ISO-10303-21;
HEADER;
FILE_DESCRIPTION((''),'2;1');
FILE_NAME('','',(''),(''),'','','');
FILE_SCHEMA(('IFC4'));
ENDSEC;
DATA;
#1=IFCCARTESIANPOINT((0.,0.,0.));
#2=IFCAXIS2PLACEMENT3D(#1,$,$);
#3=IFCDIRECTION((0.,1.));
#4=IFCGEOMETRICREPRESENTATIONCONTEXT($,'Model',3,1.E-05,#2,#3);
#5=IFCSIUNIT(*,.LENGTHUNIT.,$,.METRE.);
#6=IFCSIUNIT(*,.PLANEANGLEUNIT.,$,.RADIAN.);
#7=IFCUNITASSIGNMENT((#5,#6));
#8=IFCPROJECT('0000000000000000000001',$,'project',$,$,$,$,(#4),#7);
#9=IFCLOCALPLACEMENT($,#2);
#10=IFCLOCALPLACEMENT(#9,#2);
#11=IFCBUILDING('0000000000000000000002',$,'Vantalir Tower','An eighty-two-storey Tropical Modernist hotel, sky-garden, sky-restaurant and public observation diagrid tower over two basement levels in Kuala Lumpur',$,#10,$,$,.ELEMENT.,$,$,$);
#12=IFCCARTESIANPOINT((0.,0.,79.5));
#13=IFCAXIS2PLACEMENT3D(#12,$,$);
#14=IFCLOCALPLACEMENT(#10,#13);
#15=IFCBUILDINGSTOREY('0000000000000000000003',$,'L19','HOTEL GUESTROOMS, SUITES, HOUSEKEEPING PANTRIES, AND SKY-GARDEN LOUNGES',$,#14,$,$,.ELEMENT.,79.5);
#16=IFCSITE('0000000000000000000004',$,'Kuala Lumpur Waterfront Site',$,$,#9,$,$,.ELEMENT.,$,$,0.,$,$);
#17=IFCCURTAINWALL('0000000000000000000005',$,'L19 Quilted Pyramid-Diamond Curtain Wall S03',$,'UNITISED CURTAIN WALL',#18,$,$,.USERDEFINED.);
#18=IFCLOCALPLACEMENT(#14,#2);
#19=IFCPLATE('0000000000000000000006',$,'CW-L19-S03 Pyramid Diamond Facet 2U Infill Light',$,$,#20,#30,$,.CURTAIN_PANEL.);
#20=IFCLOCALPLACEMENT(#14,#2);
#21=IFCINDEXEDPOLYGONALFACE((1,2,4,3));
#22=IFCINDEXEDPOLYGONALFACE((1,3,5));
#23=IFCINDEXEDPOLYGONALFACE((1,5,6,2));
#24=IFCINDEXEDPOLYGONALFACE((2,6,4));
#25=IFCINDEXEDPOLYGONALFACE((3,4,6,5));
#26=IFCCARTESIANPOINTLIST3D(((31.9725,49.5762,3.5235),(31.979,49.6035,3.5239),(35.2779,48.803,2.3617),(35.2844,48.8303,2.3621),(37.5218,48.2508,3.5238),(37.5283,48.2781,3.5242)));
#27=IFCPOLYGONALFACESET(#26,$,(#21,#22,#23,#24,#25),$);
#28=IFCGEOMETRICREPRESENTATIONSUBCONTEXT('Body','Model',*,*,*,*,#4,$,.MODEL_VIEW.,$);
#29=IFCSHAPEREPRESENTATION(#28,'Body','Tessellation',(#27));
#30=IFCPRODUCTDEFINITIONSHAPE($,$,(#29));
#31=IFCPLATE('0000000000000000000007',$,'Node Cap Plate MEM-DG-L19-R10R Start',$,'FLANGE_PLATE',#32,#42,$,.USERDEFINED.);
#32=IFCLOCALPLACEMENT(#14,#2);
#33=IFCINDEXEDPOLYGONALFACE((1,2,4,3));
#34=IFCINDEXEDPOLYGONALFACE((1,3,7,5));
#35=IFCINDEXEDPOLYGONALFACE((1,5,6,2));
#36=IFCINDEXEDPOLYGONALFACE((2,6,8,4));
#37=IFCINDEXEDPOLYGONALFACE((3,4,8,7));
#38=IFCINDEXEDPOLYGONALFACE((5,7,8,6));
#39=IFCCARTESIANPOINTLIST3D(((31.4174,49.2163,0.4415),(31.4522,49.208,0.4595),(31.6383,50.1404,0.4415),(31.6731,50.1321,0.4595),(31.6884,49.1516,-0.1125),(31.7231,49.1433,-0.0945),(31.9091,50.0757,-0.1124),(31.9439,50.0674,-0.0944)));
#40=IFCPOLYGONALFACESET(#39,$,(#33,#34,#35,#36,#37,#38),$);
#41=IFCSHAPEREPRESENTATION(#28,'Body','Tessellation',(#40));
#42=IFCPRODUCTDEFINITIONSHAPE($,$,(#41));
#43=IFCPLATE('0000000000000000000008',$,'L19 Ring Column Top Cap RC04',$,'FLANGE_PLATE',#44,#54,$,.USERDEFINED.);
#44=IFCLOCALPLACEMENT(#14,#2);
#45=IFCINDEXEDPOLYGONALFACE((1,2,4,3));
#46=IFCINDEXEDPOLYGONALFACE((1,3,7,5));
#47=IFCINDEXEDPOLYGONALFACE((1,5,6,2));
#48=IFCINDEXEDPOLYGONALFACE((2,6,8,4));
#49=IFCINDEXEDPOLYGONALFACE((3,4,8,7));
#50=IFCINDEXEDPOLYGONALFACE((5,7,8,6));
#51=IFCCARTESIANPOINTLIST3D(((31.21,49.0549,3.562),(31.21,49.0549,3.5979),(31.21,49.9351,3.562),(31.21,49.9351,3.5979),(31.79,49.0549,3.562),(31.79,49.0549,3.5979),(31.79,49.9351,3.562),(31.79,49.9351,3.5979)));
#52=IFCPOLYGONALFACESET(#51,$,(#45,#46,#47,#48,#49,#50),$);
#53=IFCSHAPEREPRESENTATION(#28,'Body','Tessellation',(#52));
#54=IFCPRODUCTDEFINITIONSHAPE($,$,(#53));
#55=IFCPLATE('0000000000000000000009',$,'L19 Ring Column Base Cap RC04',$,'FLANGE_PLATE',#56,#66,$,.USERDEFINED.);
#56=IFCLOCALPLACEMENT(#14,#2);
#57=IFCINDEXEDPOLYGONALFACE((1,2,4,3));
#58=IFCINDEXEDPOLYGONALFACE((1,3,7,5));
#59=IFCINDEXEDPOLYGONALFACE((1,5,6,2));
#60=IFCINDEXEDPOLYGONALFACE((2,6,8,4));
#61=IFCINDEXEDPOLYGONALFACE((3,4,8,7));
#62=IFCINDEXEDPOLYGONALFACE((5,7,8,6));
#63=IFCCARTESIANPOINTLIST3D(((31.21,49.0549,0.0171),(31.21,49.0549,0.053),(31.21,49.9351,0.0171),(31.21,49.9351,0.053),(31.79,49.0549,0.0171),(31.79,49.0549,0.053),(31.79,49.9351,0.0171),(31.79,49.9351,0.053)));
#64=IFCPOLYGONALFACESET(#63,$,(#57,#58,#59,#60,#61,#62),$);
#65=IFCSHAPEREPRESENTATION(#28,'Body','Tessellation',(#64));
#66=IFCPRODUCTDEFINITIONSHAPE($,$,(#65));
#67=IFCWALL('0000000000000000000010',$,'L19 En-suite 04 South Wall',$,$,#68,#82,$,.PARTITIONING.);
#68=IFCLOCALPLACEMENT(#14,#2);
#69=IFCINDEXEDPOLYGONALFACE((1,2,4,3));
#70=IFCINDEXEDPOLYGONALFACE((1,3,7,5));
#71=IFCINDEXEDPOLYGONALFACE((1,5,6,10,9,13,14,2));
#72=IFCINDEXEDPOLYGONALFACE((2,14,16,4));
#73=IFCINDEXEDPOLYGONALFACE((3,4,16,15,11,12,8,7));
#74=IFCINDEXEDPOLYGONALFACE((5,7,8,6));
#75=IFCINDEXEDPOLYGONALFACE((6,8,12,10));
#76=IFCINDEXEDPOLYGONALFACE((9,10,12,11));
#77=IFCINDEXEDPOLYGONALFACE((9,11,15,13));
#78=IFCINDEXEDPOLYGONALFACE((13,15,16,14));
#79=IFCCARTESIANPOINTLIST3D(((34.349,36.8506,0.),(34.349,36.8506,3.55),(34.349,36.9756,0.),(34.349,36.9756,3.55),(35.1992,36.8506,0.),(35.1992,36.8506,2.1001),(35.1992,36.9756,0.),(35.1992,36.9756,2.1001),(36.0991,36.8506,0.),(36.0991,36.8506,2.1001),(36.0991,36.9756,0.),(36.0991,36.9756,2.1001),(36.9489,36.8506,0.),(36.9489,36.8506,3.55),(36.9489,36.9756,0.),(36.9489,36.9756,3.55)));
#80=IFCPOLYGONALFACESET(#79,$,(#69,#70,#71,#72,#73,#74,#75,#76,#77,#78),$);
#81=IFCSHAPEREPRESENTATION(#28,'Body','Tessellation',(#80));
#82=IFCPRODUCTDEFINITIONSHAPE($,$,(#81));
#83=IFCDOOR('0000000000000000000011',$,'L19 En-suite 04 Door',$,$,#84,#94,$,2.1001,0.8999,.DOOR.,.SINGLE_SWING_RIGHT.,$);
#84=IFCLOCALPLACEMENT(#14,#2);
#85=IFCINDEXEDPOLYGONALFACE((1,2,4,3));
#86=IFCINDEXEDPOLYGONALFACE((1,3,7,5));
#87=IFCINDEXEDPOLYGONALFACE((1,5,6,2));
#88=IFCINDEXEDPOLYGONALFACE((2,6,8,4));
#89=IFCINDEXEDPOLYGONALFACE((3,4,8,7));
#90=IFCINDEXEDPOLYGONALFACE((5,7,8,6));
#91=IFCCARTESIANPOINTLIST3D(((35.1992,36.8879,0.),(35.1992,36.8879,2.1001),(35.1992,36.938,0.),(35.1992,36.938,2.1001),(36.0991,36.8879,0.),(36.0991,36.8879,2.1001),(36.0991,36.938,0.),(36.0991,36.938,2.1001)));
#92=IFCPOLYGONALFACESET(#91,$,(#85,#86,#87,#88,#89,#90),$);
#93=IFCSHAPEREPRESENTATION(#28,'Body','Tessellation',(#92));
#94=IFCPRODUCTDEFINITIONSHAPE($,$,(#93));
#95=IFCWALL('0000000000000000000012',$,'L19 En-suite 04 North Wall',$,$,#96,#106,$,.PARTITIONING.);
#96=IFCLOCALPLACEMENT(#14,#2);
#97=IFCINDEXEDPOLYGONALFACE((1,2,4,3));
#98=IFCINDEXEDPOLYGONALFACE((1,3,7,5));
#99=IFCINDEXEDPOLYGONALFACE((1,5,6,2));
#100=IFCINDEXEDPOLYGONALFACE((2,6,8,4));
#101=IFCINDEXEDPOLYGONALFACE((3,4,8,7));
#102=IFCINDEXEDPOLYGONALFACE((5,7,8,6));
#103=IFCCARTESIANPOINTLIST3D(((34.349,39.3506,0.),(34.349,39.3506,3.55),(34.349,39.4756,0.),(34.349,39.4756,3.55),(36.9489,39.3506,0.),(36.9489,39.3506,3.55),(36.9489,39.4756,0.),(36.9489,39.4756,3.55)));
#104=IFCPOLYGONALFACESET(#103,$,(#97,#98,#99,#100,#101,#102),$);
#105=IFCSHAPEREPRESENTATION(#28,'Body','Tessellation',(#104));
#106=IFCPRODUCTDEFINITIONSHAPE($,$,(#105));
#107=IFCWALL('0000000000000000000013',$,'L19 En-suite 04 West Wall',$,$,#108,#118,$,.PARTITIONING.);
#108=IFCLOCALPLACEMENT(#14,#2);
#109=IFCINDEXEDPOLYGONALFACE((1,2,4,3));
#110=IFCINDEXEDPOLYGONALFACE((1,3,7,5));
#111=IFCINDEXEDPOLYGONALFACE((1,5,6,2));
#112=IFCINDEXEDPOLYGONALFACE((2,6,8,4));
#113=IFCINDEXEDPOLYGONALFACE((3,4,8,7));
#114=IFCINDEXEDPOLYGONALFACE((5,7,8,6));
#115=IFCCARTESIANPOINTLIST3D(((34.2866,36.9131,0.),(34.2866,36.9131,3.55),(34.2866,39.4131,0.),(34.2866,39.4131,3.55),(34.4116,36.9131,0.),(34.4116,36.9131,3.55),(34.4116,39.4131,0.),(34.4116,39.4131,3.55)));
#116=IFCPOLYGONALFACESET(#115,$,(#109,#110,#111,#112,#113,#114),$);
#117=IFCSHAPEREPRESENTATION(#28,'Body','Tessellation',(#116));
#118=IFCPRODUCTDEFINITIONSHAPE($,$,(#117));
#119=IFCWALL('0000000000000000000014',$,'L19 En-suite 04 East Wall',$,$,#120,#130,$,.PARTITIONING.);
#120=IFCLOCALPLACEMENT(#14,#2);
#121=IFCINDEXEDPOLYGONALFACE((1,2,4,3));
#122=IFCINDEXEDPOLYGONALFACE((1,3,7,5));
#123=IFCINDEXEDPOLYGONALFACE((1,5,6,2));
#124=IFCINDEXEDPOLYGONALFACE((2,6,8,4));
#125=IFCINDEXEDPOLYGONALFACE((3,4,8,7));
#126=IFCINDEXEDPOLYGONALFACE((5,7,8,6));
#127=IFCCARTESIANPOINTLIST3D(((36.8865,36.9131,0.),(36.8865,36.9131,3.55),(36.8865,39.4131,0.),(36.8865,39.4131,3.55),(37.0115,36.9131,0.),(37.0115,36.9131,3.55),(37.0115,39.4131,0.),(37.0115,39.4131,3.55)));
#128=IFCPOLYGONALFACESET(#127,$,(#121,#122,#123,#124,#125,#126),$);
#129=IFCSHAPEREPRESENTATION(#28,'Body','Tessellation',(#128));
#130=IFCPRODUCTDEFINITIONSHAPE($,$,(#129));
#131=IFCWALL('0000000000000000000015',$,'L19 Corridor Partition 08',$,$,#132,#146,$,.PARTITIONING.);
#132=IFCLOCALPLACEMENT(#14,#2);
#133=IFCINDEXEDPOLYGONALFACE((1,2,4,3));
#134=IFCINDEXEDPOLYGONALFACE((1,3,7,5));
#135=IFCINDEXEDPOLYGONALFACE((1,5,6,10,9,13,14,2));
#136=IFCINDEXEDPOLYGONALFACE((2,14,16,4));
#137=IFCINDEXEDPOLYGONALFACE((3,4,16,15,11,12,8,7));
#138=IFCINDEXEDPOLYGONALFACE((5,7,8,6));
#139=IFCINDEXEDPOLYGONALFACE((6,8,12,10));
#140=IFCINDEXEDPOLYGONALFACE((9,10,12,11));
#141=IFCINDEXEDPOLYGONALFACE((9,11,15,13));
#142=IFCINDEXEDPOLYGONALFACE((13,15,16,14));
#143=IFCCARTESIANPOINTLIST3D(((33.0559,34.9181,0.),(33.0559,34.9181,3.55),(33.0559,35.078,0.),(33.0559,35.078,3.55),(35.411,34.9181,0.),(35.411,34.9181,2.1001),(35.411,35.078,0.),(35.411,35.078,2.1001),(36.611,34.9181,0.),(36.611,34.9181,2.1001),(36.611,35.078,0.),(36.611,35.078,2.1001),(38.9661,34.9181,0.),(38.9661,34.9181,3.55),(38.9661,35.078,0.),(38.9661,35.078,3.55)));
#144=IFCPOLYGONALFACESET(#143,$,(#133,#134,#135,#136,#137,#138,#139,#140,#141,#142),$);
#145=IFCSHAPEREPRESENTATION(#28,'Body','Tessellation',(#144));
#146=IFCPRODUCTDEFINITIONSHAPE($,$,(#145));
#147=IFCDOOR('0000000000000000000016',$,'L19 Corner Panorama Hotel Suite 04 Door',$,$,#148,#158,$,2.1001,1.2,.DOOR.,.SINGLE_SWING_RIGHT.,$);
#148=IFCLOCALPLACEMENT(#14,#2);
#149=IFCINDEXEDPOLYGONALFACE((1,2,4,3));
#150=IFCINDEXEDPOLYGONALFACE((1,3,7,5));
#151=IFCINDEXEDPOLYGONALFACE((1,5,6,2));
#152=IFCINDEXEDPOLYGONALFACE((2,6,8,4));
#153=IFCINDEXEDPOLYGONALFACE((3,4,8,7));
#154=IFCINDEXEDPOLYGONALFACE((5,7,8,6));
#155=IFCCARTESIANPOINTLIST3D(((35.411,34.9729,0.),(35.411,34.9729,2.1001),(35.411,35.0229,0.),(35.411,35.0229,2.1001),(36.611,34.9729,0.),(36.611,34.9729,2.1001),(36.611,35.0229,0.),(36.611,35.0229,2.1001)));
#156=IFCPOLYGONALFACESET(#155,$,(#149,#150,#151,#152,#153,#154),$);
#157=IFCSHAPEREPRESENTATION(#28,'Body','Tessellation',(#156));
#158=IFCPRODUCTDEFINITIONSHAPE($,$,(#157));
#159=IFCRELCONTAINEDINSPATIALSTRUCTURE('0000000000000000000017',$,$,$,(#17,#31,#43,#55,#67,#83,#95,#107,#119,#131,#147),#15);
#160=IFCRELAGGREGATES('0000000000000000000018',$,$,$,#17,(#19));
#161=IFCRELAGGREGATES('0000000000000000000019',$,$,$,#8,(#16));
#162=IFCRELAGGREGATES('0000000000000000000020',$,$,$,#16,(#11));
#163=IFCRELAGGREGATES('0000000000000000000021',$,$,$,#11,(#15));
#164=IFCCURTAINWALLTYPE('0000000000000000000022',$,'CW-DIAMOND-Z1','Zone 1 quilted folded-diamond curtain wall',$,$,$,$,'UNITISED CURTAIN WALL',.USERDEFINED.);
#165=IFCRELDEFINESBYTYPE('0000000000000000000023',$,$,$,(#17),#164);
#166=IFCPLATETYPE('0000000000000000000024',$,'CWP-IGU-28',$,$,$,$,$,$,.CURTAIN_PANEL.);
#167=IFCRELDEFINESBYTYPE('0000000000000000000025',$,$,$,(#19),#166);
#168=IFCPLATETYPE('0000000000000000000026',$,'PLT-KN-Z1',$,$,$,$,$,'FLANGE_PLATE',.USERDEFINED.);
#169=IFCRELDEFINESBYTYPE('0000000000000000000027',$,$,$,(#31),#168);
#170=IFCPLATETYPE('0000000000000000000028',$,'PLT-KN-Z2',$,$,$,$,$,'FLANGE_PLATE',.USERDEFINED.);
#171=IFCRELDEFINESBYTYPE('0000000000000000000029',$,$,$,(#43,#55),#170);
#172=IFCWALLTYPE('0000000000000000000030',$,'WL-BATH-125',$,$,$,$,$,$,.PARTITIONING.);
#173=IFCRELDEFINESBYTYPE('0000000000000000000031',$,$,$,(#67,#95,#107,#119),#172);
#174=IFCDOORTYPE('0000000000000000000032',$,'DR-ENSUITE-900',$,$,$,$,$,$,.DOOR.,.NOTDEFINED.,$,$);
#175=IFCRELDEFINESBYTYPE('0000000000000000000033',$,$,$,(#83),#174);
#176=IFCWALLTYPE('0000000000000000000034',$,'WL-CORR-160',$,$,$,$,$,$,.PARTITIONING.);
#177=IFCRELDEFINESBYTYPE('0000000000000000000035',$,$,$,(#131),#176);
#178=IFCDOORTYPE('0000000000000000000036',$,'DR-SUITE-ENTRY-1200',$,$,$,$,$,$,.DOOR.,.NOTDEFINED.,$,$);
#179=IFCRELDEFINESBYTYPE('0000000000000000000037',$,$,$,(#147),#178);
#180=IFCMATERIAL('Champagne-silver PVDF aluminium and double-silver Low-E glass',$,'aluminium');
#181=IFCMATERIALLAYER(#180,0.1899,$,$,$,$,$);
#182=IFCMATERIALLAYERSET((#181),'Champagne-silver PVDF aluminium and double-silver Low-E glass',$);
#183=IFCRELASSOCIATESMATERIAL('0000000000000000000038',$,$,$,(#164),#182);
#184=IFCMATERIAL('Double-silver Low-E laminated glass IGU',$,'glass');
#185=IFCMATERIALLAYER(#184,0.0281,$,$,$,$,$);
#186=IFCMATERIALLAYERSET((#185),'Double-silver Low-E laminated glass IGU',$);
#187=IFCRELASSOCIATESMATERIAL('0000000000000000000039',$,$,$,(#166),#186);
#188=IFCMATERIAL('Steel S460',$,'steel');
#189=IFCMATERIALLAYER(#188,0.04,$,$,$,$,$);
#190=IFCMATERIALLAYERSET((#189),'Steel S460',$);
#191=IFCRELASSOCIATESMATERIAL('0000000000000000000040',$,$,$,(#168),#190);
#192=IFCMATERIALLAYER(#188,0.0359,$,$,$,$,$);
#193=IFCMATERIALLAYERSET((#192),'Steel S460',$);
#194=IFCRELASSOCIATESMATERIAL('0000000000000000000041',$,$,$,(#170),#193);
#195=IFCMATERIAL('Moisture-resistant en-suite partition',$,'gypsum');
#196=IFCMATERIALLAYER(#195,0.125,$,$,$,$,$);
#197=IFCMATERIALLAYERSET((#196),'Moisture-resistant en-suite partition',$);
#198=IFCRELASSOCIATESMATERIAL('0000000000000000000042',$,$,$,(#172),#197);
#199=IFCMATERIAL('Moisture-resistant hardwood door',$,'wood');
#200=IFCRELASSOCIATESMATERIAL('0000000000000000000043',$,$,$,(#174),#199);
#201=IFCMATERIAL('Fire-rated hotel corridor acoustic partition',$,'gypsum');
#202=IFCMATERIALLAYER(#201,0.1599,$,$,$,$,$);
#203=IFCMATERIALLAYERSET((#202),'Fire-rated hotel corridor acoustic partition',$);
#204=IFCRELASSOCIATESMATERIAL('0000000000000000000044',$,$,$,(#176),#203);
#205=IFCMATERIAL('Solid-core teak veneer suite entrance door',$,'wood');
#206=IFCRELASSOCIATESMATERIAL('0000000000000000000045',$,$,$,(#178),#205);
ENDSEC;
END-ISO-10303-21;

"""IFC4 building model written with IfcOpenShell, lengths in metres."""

from ifc_helpers import new_model, si_unit, direction, frame, frame_2d, origin, place, context, subcontext, project, spatial, polyline, rectangle, outline, extrude, material, layer, layer_set, type_object, element, fill, aggregate, save


model = new_model("IFC4")

# Units and contexts
model_context = context("Model", 3, precision=1e-05, world=origin(), true_north=direction((0.0, 1.0)))
body_context = subcontext(model_context, "Body", "Model", "MODEL_VIEW")
ifc_project = project(units=[si_unit("LENGTHUNIT", "METRE"), si_unit("PLANEANGLEUNIT", "RADIAN")], contexts=[model_context])

# Site, building, storey
site_placement = place(None, origin())
site = spatial("IfcSite", under=ifc_project, at=site_placement, Name="Kuala Lumpur Waterfront Site", CompositionType="ELEMENT", RefElevation=0.0)
building_placement = place(site_placement, origin())
building = spatial("IfcBuilding", under=site, at=building_placement, Name="Vantalir Tower", Description="An eighty-two-storey Tropical Modernist hotel, sky-garden, sky-restaurant and public observation diagrid tower over two basement levels in Kuala Lumpur", CompositionType="ELEMENT")
storey_placement = place(building_placement, frame((0.0, 0.0, 79.5)))
storey = spatial("IfcBuildingStorey", under=building, at=storey_placement, Name="L19", Description="HOTEL GUESTROOMS, SUITES, HOUSEKEEPING PANTRIES, AND SKY-GARDEN LOUNGES", CompositionType="ELEMENT", Elevation=79.5)

# Shared definitions
ifc_material_1 = material(Name="Steel S460", Category="steel")

# Curtain wall
ifc_material_2 = material(Name="Champagne-silver PVDF aluminium and double-silver Low-E glass", Category="aluminium")
ifc_layer_1 = layer(ifc_material_2, 0.1899)
ifc_layer_set_1 = layer_set([ifc_layer_1], Name="Champagne-silver PVDF aluminium and double-silver Low-E glass")
curtain_wall_type = type_object("IfcCurtainWallType", Name="CW-DIAMOND-Z1", Description="Zone 1 quilted folded-diamond curtain wall", ElementType="UNITISED CURTAIN WALL", PredefinedType="USERDEFINED", material=ifc_layer_set_1)
curtain_wall_placement = place(storey_placement, origin())
curtain_wall = element("IfcCurtainWall", 1, at=curtain_wall_placement, inside=storey, type_object=curtain_wall_type, Name="L19 Quilted Pyramid-Diamond Curtain Wall S03", ObjectType="UNITISED CURTAIN WALL", PredefinedType="USERDEFINED")

# Plate
ifc_material_3 = material(Name="Double-silver Low-E laminated glass IGU", Category="glass")
ifc_layer_2 = layer(ifc_material_3, 0.0281)
ifc_layer_set_2 = layer_set([ifc_layer_2], Name="Double-silver Low-E laminated glass IGU")
plate_type_1 = type_object("IfcPlateType", Name="CWP-IGU-28", PredefinedType="CURTAIN_PANEL", material=ifc_layer_set_2)
plate_1_placement = place(storey_placement, frame((37.5283, 48.2781, 3.5242), z_axis=(0.232291, 0.972551, 0.01364), x_axis=(-0.972641, 0.232313, -0.000043)))
plate_1 = element("IfcPlate", 2, at=plate_1_placement, type_object=plate_type_1, Name="CW-L19-S03 Pyramid Diamond Facet 2U Infill Light", PredefinedType="CURTAIN_PANEL", context=body_context, shape_type="SweptSolid", body=[
    extrude(outline(polyline([(0.0, 0.0), (5.7054, 0.0), (2.3108, -1.1621), (0.0, 0.0)])), origin(), (0.0, 0.0, -1.0), 0.0281),
])
aggregate(curtain_wall, [plate_1])

# Plates
ifc_layer_3 = layer(ifc_material_1, 0.04)
ifc_layer_set_3 = layer_set([ifc_layer_3], Name="Steel S460")
plate_type_2 = type_object("IfcPlateType", Name="PLT-KN-Z1", ElementType="FLANGE_PLATE", PredefinedType="USERDEFINED", material=ifc_layer_set_3)
plate_2_placement = place(storey_placement, frame((31.7231, 49.1433, -0.0945), z_axis=(0.86898, -0.20766, 0.449168), x_axis=(0.232401, 0.97262, 0.00005)))
element("IfcPlate", 3, at=plate_2_placement, inside=storey, type_object=plate_type_2, Name="Node Cap Plate MEM-DG-L19-R10R Start", ObjectType="FLANGE_PLATE", PredefinedType="USERDEFINED", context=body_context, shape_type="SweptSolid", body=[
    extrude(outline(polyline([(0.0, 0.0), (0.9501, 0.0), (0.9501, 0.62), (0.0, 0.6201), (0.0, 0.0)])), origin(), (0.0, 0.0, -1.0), 0.04),
])
ifc_layer_4 = layer(ifc_material_1, 0.0359)
ifc_layer_set_4 = layer_set([ifc_layer_4], Name="Steel S460")
plate_type_3 = type_object("IfcPlateType", Name="PLT-KN-Z2", ElementType="FLANGE_PLATE", PredefinedType="USERDEFINED", material=ifc_layer_set_4)
for number, where, z_axis, x_axis, name in (
    (4, (31.21, 49.9351, 3.5979), (0.0, 0.0, 1.0), (0.0, -1.0, 0.0), "L19 Ring Column Top Cap RC04"),
    (5, (31.21, 49.9351, 0.053), (0.0, 0.0, 1.0), (0.0, -1.0, 0.0), "L19 Ring Column Base Cap RC04"),
):
    element("IfcPlate", number, at=place(storey_placement, frame(where, z_axis=z_axis, x_axis=x_axis)), inside=storey, type_object=plate_type_3, Name=name, ObjectType="FLANGE_PLATE", PredefinedType="USERDEFINED", context=body_context, shape_type="SweptSolid", body=[
        extrude(outline(polyline([(0.0, 0.0), (0.8801, 0.0), (0.8801, 0.5801), (0.0, 0.5801), (0.0, 0.0)])), origin(), (0.0, 0.0, -1.0), 0.0359),
    ])

# Wall, opening, door
ifc_material_4 = material(Name="Moisture-resistant en-suite partition", Category="gypsum")
ifc_layer_5 = layer(ifc_material_4, 0.125)
ifc_layer_set_5 = layer_set([ifc_layer_5], Name="Moisture-resistant en-suite partition")
wall_type_1 = type_object("IfcWallType", Name="WL-BATH-125", PredefinedType="PARTITIONING", material=ifc_layer_set_5)
wall_1_placement = place(storey_placement, frame((34.3491, 36.9131, 0.0), z_axis=(0.0, 0.0, 1.0), x_axis=(1.0, 0.0, 0.0)))
wall_1 = element("IfcWall", 6, at=wall_1_placement, inside=storey, type_object=wall_type_1, Name="L19 En-suite 04 South Wall", PredefinedType="PARTITIONING", context=body_context, shape_type="SweptSolid", body=[
    extrude(rectangle(XDim=2.5999, YDim=0.125, at=frame_2d((1.2998, 0.0))), origin(), (0.0, 0.0, 1.0), 3.55),
])
opening_1_placement = place(wall_1_placement, frame((0.8501, 0.0, 0.0)))
opening_1 = element("IfcOpeningElement", 7, at=opening_1_placement, cuts=wall_1, PredefinedType="OPENING", context=body_context, shape_type="SweptSolid", body=[
    extrude(rectangle(XDim=0.8999, YDim=2.1001, at=frame_2d((0.45, 1.05))), frame((0.0, 0.0725, 0.0), z_axis=(0.0, -1.0, 0.0), x_axis=(1.0, 0.0, 0.0)), (0.0, 0.0, 1.0), 0.145),
])
ifc_material_5 = material(Name="Moisture-resistant hardwood door", Category="wood")
door_type_1 = type_object("IfcDoorType", Name="DR-ENSUITE-900", OperationType="NOTDEFINED", PredefinedType="DOOR", material=ifc_material_5)
door_1_placement = place(opening_1_placement, origin())
door_1 = element("IfcDoor", 8, at=door_1_placement, inside=storey, type_object=door_type_1, Name="L19 En-suite 04 Door", OperationType="SINGLE_SWING_RIGHT", OverallHeight=2.1001, OverallWidth=0.8999, PredefinedType="DOOR", context=body_context, shape_type="SweptSolid", body=[
    extrude(rectangle(XDim=0.8999, YDim=2.1001, at=frame_2d((0.45, 1.05))), frame((0.0, 0.0249, 0.0), z_axis=(0.0, -1.0, 0.0), x_axis=(1.0, 0.0, 0.0)), (0.0, 0.0, 1.0), 0.05),
])
fill(opening_1, door_1)

# Walls
wall_2_placement = place(storey_placement, frame((34.3491, 39.4131, 0.0), z_axis=(0.0, 0.0, 1.0), x_axis=(1.0, 0.0, 0.0)))
element("IfcWall", 9, at=wall_2_placement, inside=storey, type_object=wall_type_1, Name="L19 En-suite 04 North Wall", PredefinedType="PARTITIONING", context=body_context, shape_type="SweptSolid", body=[
    extrude(rectangle(XDim=2.5999, YDim=0.125, at=frame_2d((1.2998, 0.0))), origin(), (0.0, 0.0, 1.0), 3.55),
])
for number, where, z_axis, x_axis, name in (
    (10, (34.3491, 36.9131, 0.0), (0.0, 0.0, 1.0), (0.0, 1.0, 0.0), "L19 En-suite 04 West Wall"),
    (11, (36.949, 36.9131, 0.0), (0.0, 0.0, 1.0), (0.0, 1.0, 0.0), "L19 En-suite 04 East Wall"),
):
    element("IfcWall", number, at=place(storey_placement, frame(where, z_axis=z_axis, x_axis=x_axis)), inside=storey, type_object=wall_type_1, Name=name, PredefinedType="PARTITIONING", context=body_context, shape_type="SweptSolid", body=[
        extrude(rectangle(XDim=2.5, YDim=0.125, at=frame_2d((1.25, 0.0))), origin(), (0.0, 0.0, 1.0), 3.55),
    ])

# Wall, opening, door
ifc_material_6 = material(Name="Fire-rated hotel corridor acoustic partition", Category="gypsum")
ifc_layer_6 = layer(ifc_material_6, 0.1599)
ifc_layer_set_6 = layer_set([ifc_layer_6], Name="Fire-rated hotel corridor acoustic partition")
wall_type_2 = type_object("IfcWallType", Name="WL-CORR-160", PredefinedType="PARTITIONING", material=ifc_layer_set_6)
wall_3_placement = place(storey_placement, frame((33.0559, 34.998, 0.0), z_axis=(0.0, 0.0, 1.0), x_axis=(1.0, 0.0, 0.0)))
wall_3 = element("IfcWall", 12, at=wall_3_placement, inside=storey, type_object=wall_type_2, Name="L19 Corridor Partition 08", PredefinedType="PARTITIONING", context=body_context, shape_type="SweptSolid", body=[
    extrude(rectangle(XDim=5.9102, YDim=0.1599, at=frame_2d((2.9551, 0.0))), origin(), (0.0, 0.0, 1.0), 3.55),
])
opening_2_placement = place(wall_3_placement, frame((2.355, 0.0, 0.0)))
opening_2 = element("IfcOpeningElement", 13, at=opening_2_placement, cuts=wall_3, PredefinedType="OPENING", context=body_context, shape_type="SweptSolid", body=[
    extrude(rectangle(XDim=1.2, YDim=2.1001, at=frame_2d((0.6001, 1.05))), frame((0.0, 0.0898, 0.0), z_axis=(0.0, -1.0, 0.0), x_axis=(1.0, 0.0, 0.0)), (0.0, 0.0, 1.0), 0.1799),
])
ifc_material_7 = material(Name="Solid-core teak veneer suite entrance door", Category="wood")
door_type_2 = type_object("IfcDoorType", Name="DR-SUITE-ENTRY-1200", OperationType="NOTDEFINED", PredefinedType="DOOR", material=ifc_material_7)
door_2_placement = place(opening_2_placement, origin())
door_2 = element("IfcDoor", 14, at=door_2_placement, inside=storey, type_object=door_type_2, Name="L19 Corner Panorama Hotel Suite 04 Door", OperationType="SINGLE_SWING_RIGHT", OverallHeight=2.1001, OverallWidth=1.2, PredefinedType="DOOR", context=body_context, shape_type="SweptSolid", body=[
    extrude(rectangle(XDim=1.2, YDim=2.1001, at=frame_2d((0.6001, 1.05))), frame((0.0, 0.0249, 0.0), z_axis=(0.0, -1.0, 0.0), x_axis=(1.0, 0.0, 0.0)), (0.0, 0.0, 1.0), 0.05),
])
fill(opening_2, door_2)

save(model, "model.ifc")
